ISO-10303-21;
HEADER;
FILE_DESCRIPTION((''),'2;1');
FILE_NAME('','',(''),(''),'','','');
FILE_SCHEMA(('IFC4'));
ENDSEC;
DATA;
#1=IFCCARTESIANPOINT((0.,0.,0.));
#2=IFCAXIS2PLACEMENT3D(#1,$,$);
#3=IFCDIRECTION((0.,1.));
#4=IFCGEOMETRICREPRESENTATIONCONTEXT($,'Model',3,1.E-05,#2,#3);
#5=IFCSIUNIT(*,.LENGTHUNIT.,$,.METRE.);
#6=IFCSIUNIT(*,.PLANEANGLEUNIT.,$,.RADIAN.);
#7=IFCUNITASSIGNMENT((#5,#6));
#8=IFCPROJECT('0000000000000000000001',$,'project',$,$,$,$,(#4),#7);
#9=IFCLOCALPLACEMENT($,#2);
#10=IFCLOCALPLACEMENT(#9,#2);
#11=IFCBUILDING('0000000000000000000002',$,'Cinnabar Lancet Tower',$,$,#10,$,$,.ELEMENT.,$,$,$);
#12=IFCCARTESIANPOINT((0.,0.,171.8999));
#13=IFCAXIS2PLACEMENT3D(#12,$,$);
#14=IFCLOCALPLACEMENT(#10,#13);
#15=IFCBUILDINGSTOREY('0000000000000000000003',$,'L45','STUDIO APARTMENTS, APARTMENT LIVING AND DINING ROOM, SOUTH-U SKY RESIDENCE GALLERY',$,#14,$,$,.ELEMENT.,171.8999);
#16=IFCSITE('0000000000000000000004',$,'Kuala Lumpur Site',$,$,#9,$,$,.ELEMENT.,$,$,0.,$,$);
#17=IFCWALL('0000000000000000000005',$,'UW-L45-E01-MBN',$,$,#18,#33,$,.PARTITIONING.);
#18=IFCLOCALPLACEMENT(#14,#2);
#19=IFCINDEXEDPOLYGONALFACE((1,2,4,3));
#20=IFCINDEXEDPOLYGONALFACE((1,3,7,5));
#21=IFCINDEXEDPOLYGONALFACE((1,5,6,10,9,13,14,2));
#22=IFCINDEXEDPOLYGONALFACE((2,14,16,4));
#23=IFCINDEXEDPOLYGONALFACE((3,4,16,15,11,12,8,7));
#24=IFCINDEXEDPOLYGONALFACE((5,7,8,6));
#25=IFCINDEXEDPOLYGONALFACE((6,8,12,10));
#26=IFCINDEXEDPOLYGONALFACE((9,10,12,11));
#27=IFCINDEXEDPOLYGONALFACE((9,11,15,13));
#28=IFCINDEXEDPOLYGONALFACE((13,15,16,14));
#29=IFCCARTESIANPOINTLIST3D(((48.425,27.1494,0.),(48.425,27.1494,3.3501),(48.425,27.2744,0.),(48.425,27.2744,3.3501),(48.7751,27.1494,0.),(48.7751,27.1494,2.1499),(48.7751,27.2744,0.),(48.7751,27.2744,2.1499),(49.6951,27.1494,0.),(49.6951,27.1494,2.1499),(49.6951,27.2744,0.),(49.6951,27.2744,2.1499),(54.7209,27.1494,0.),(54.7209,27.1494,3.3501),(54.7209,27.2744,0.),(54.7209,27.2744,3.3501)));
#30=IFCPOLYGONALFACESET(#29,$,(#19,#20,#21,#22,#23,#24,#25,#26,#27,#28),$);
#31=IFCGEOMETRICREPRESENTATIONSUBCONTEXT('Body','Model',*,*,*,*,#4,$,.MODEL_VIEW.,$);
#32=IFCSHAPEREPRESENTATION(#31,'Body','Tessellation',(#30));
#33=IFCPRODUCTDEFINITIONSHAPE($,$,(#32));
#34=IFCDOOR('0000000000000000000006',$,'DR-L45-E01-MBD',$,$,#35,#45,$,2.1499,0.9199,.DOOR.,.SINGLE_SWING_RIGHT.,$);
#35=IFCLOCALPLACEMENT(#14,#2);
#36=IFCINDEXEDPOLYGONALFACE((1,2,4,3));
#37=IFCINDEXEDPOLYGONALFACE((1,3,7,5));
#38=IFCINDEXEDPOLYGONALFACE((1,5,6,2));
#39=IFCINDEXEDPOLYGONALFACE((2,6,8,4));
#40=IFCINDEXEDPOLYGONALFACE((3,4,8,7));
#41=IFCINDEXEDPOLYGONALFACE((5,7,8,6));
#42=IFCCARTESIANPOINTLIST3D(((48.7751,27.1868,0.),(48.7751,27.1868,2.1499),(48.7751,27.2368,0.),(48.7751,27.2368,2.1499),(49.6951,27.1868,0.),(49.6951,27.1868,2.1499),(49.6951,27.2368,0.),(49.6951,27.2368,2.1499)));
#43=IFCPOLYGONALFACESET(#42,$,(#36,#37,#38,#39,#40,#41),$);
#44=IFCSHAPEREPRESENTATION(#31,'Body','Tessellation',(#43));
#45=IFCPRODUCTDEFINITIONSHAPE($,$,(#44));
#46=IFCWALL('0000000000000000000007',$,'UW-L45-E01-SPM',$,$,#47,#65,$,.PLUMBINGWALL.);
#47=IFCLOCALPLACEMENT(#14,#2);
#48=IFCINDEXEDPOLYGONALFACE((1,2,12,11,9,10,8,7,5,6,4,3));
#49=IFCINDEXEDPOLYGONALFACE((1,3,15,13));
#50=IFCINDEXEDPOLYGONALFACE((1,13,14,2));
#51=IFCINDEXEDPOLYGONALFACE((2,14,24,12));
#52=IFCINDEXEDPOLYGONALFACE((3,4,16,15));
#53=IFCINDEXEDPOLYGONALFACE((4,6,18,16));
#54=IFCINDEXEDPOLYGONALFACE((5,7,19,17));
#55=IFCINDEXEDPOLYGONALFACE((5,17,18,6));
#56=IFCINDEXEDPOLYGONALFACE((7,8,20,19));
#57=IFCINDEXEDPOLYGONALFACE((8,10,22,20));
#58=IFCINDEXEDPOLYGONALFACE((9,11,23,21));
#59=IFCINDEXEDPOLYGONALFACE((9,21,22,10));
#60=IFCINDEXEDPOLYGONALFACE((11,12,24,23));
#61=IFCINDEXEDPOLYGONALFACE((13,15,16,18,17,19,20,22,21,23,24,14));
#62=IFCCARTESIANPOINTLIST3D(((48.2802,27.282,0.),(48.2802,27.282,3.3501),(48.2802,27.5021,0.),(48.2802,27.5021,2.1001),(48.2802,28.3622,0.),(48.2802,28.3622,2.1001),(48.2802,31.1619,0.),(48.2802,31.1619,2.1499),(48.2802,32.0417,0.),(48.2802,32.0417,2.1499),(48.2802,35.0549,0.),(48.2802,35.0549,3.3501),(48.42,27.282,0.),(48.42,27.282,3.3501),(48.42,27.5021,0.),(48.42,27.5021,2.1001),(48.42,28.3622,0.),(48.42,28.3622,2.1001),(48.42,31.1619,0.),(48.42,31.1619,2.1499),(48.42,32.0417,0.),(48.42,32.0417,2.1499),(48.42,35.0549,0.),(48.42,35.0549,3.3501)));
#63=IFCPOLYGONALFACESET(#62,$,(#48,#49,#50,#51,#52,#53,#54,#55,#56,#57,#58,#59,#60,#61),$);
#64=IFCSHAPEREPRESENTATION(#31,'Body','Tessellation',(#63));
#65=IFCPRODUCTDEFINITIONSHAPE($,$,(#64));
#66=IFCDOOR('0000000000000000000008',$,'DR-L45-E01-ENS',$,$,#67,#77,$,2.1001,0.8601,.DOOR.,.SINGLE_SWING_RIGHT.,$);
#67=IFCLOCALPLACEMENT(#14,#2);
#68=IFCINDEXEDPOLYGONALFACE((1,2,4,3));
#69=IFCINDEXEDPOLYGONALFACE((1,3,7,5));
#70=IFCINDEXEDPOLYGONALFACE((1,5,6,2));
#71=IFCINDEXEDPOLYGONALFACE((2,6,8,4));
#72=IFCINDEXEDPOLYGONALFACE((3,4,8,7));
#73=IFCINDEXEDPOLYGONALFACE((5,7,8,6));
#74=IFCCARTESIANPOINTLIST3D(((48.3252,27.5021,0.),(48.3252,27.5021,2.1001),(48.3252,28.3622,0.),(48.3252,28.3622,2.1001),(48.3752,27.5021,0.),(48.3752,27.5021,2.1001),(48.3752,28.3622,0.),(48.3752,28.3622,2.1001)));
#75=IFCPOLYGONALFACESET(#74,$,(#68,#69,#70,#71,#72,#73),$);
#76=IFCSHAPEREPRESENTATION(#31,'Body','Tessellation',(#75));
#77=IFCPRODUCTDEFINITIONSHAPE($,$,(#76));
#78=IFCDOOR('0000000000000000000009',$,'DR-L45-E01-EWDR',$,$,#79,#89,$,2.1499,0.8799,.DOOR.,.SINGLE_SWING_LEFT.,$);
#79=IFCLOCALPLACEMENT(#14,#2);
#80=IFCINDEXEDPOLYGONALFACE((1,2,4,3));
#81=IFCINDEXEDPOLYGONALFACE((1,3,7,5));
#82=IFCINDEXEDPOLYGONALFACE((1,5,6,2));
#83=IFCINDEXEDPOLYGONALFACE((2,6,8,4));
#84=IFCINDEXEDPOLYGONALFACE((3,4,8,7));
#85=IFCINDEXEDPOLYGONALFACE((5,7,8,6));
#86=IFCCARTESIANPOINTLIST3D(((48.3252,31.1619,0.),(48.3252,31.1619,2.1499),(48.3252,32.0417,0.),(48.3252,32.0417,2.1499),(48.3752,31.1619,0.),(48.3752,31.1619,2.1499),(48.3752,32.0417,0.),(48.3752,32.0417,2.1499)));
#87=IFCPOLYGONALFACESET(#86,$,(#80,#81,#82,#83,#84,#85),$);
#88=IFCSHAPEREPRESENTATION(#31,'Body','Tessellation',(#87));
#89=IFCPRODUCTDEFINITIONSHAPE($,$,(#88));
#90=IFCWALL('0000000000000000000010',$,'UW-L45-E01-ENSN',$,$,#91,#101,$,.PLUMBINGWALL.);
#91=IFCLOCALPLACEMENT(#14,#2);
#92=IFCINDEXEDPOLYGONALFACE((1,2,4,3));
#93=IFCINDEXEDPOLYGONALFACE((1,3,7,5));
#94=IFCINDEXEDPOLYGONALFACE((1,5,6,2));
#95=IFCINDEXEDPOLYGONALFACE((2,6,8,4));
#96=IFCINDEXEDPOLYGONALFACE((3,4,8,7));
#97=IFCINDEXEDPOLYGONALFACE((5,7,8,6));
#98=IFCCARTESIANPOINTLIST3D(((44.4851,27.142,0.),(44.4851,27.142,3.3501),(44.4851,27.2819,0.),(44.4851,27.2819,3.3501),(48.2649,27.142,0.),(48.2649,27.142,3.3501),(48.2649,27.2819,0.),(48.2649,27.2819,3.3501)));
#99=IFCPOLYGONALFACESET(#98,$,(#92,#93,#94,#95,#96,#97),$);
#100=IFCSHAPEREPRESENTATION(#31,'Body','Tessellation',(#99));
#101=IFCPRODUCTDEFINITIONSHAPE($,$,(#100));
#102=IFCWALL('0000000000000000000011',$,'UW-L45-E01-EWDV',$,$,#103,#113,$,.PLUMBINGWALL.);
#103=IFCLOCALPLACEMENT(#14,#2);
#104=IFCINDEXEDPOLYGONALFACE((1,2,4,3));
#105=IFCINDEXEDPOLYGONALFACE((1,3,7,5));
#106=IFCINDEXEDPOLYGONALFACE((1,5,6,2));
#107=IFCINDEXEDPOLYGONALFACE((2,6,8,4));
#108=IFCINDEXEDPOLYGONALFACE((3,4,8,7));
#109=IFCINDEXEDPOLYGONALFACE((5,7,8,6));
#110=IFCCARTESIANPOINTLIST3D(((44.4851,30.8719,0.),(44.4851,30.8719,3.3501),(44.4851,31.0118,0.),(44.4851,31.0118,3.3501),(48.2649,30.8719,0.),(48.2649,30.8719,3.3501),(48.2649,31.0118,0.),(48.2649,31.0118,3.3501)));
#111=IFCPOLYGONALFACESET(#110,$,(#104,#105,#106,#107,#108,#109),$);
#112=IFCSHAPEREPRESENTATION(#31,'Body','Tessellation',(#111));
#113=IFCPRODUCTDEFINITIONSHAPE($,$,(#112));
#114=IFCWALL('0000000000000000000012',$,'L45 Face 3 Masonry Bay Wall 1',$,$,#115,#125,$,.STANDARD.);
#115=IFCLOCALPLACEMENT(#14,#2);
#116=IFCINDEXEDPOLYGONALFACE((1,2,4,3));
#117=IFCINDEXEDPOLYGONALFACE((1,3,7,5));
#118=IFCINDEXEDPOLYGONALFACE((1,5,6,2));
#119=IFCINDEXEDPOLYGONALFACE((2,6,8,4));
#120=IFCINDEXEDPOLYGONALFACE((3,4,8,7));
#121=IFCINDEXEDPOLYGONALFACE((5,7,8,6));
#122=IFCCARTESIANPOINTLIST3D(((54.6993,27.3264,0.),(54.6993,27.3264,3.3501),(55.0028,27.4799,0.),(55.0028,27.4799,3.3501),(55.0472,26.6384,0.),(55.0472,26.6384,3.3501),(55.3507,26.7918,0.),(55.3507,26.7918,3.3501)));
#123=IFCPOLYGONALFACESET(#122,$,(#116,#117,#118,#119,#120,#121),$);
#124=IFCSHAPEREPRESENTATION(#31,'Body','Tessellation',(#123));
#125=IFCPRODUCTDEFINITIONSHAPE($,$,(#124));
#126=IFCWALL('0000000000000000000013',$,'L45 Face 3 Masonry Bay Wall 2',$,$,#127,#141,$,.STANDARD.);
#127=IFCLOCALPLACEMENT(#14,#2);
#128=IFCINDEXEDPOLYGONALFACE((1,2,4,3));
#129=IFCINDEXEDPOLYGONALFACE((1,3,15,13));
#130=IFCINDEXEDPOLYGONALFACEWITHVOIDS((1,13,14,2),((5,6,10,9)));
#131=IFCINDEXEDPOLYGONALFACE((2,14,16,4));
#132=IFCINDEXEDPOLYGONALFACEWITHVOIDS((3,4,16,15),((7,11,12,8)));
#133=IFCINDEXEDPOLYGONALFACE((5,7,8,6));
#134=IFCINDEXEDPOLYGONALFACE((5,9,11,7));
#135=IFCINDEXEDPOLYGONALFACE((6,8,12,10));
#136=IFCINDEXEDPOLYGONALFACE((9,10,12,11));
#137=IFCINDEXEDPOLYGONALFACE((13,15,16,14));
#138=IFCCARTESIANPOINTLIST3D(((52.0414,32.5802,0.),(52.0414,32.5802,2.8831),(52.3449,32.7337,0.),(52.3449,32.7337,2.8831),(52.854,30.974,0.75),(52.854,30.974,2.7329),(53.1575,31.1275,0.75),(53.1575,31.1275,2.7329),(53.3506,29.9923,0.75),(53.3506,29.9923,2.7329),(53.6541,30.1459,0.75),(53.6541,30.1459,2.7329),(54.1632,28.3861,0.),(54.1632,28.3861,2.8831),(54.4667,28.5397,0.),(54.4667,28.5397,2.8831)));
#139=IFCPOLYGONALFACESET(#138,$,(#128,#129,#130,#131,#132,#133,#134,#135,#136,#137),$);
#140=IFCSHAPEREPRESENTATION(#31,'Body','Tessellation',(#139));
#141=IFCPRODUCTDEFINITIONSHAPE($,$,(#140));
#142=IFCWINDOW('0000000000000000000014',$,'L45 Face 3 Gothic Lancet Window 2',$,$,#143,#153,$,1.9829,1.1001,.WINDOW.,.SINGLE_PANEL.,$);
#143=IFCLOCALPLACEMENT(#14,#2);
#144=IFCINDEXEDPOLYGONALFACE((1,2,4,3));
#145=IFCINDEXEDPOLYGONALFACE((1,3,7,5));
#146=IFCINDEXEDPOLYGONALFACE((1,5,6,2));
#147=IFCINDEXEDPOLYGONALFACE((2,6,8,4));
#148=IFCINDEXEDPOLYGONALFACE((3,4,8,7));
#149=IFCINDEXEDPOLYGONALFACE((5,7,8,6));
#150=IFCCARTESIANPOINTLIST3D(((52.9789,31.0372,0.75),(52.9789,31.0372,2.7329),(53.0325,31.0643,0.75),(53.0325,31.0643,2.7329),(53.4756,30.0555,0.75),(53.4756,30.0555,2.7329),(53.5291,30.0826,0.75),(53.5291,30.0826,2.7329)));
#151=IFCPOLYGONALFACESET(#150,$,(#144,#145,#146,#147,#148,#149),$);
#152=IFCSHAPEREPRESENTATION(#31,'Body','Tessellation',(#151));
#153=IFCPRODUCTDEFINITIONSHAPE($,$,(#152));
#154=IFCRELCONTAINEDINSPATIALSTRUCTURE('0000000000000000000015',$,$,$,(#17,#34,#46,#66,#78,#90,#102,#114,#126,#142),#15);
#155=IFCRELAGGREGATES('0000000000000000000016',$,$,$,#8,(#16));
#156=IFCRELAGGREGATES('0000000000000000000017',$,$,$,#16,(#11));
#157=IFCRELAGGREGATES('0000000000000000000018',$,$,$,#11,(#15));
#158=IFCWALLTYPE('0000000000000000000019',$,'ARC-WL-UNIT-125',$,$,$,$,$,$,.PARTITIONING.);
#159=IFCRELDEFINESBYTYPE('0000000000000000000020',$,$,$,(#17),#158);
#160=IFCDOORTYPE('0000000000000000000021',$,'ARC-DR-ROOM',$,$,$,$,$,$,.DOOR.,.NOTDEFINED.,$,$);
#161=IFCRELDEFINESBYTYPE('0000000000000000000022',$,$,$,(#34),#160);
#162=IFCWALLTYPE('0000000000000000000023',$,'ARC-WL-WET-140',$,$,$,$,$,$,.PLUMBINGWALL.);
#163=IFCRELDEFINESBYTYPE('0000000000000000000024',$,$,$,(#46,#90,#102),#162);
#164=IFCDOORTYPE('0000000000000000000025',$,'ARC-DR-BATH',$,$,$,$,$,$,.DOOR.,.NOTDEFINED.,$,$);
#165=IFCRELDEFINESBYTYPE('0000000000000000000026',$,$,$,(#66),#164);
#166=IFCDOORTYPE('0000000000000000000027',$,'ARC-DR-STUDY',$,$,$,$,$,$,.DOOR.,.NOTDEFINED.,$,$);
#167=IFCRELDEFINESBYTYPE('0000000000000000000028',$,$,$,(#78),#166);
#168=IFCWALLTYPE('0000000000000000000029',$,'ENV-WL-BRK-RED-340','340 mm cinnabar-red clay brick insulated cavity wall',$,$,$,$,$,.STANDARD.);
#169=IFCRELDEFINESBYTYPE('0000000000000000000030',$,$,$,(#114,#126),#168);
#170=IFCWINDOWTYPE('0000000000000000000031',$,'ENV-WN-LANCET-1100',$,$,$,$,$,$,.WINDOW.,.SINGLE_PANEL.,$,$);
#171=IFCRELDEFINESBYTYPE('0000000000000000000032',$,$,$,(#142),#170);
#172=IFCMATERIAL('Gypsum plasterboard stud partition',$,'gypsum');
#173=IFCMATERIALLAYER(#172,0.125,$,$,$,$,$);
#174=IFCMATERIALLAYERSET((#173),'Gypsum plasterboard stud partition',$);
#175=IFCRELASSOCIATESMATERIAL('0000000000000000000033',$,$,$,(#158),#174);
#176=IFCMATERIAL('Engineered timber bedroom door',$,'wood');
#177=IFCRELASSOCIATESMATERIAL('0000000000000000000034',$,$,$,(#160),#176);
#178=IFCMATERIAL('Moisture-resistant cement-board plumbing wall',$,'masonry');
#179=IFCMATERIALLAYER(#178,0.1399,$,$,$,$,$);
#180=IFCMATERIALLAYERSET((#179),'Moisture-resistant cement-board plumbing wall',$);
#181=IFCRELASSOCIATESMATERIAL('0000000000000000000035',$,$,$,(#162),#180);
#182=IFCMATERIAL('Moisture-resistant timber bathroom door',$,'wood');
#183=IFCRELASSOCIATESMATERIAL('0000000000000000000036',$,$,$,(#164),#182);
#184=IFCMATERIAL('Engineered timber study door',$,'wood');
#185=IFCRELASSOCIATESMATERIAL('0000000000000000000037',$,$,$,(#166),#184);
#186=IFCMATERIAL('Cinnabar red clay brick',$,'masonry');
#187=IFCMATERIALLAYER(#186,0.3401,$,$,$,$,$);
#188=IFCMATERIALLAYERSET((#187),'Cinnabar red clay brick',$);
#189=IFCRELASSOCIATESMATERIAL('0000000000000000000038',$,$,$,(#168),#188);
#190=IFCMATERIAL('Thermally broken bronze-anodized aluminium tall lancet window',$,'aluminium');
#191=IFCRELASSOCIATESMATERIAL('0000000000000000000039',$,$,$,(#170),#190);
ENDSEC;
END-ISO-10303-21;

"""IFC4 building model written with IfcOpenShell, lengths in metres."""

from ifc_helpers import new_model, si_unit, direction, frame, frame_2d, origin, place, context, subcontext, project, spatial, rectangle, extrude, material, layer, layer_set, type_object, element, fill, save


model = new_model("IFC4")

# Units and contexts
model_context = context("Model", 3, precision=1e-05, world=origin(), true_north=direction((0.0, 1.0)))
body_context = subcontext(model_context, "Body", "Model", "MODEL_VIEW")
ifc_project = project(units=[si_unit("LENGTHUNIT", "METRE"), si_unit("PLANEANGLEUNIT", "RADIAN")], contexts=[model_context])

# Site, building, storey
site_placement = place(None, origin())
site = spatial("IfcSite", under=ifc_project, at=site_placement, Name="Kuala Lumpur Site", CompositionType="ELEMENT", RefElevation=0.0)
building_placement = place(site_placement, origin())
building = spatial("IfcBuilding", under=site, at=building_placement, Name="Cinnabar Lancet Tower", CompositionType="ELEMENT")
storey_placement = place(building_placement, frame((0.0, 0.0, 171.8999)))
storey = spatial("IfcBuildingStorey", under=building, at=storey_placement, Name="L45", Description="STUDIO APARTMENTS, APARTMENT LIVING AND DINING ROOM, SOUTH-U SKY RESIDENCE GALLERY", CompositionType="ELEMENT", Elevation=171.8999)

# Wall, opening, door
ifc_material_1 = material(Name="Gypsum plasterboard stud partition", Category="gypsum")
ifc_layer_1 = layer(ifc_material_1, 0.125)
ifc_layer_set_1 = layer_set([ifc_layer_1], Name="Gypsum plasterboard stud partition")
wall_type_1 = type_object("IfcWallType", Name="ARC-WL-UNIT-125", PredefinedType="PARTITIONING", material=ifc_layer_set_1)
wall_1_placement = place(storey_placement, frame((48.425, 27.2119, 0.0), z_axis=(0.0, 0.0, 1.0), x_axis=(1.0, 0.0, 0.0)))
wall_1 = element("IfcWall", 1, at=wall_1_placement, inside=storey, type_object=wall_type_1, Name="UW-L45-E01-MBN", PredefinedType="PARTITIONING", context=body_context, shape_type="SweptSolid", body=[
    extrude(rectangle(XDim=6.2959, YDim=0.125, at=frame_2d((3.1479, 0.0))), origin(), (0.0, 0.0, 1.0), 3.3501),
])
opening_1_placement = place(wall_1_placement, frame((0.3501, 0.0, 0.0)))
opening_1 = element("IfcOpeningElement", 2, at=opening_1_placement, cuts=wall_1, PredefinedType="OPENING", context=body_context, shape_type="SweptSolid", body=[
    extrude(rectangle(XDim=0.9199, YDim=2.1499, at=frame_2d((0.46, 1.075))), frame((0.0, 0.0725, 0.0), z_axis=(0.0, -1.0, 0.0), x_axis=(1.0, 0.0, 0.0)), (0.0, 0.0, 1.0), 0.145),
])
ifc_material_2 = material(Name="Engineered timber bedroom door", Category="wood")
door_type_1 = type_object("IfcDoorType", Name="ARC-DR-ROOM", OperationType="NOTDEFINED", PredefinedType="DOOR", material=ifc_material_2)
door_1_placement = place(opening_1_placement, origin())
door_1 = element("IfcDoor", 3, at=door_1_placement, inside=storey, type_object=door_type_1, Name="DR-L45-E01-MBD", OperationType="SINGLE_SWING_RIGHT", OverallHeight=2.1499, OverallWidth=0.9199, PredefinedType="DOOR", context=body_context, shape_type="SweptSolid", body=[
    extrude(rectangle(XDim=0.9199, YDim=2.1499, at=frame_2d((0.46, 1.075))), frame((0.0, 0.0249, 0.0), z_axis=(0.0, -1.0, 0.0), x_axis=(1.0, 0.0, 0.0)), (0.0, 0.0, 1.0), 0.05),
])
fill(opening_1, door_1)

# Wall, openings, doors
ifc_material_3 = material(Name="Moisture-resistant cement-board plumbing wall", Category="masonry")
ifc_layer_2 = layer(ifc_material_3, 0.1399)
ifc_layer_set_2 = layer_set([ifc_layer_2], Name="Moisture-resistant cement-board plumbing wall")
wall_type_2 = type_object("IfcWallType", Name="ARC-WL-WET-140", PredefinedType="PLUMBINGWALL", material=ifc_layer_set_2)
wall_2_placement = place(storey_placement, frame((48.3501, 27.282, 0.0), z_axis=(0.0, 0.0, 1.0), x_axis=(0.0, 1.0, 0.0)))
wall_2 = element("IfcWall", 4, at=wall_2_placement, inside=storey, type_object=wall_type_2, Name="UW-L45-E01-SPM", PredefinedType="PLUMBINGWALL", context=body_context, shape_type="SweptSolid", body=[
    extrude(rectangle(XDim=7.7729, YDim=0.1399, at=frame_2d((3.8865, 0.0))), origin(), (0.0, 0.0, 1.0), 3.3501),
])
opening_2_placement = place(wall_2_placement, frame((0.22, 0.0, 0.0)))
opening_2 = element("IfcOpeningElement", 5, at=opening_2_placement, cuts=wall_2, PredefinedType="OPENING", context=body_context, shape_type="SweptSolid", body=[
    extrude(rectangle(XDim=0.8601, YDim=2.1001, at=frame_2d((0.4302, 1.05))), frame((0.0, 0.0798, 0.0), z_axis=(0.0, -1.0, 0.0), x_axis=(1.0, 0.0, 0.0)), (0.0, 0.0, 1.0), 0.1599),
])
opening_3_placement = place(wall_2_placement, frame((3.8799, 0.0, 0.0)))
opening_3 = element("IfcOpeningElement", 6, at=opening_3_placement, cuts=wall_2, PredefinedType="OPENING", context=body_context, shape_type="SweptSolid", body=[
    extrude(rectangle(XDim=0.8799, YDim=2.1499, at=frame_2d((0.4399, 1.075))), frame((0.0, 0.0798, 0.0), z_axis=(0.0, -1.0, 0.0), x_axis=(1.0, 0.0, 0.0)), (0.0, 0.0, 1.0), 0.1599),
])
ifc_material_4 = material(Name="Moisture-resistant timber bathroom door", Category="wood")
door_type_2 = type_object("IfcDoorType", Name="ARC-DR-BATH", OperationType="NOTDEFINED", PredefinedType="DOOR", material=ifc_material_4)
door_2_placement = place(opening_2_placement, origin())
door_2 = element("IfcDoor", 7, at=door_2_placement, inside=storey, type_object=door_type_2, Name="DR-L45-E01-ENS", OperationType="SINGLE_SWING_RIGHT", OverallHeight=2.1001, OverallWidth=0.8601, PredefinedType="DOOR", context=body_context, shape_type="SweptSolid", body=[
    extrude(rectangle(XDim=0.8601, YDim=2.1001, at=frame_2d((0.4302, 1.05))), frame((0.0, 0.0249, 0.0), z_axis=(0.0, -1.0, 0.0), x_axis=(1.0, 0.0, 0.0)), (0.0, 0.0, 1.0), 0.05),
])
fill(opening_2, door_2)
ifc_material_5 = material(Name="Engineered timber study door", Category="wood")
door_type_3 = type_object("IfcDoorType", Name="ARC-DR-STUDY", OperationType="NOTDEFINED", PredefinedType="DOOR", material=ifc_material_5)
door_3_placement = place(opening_3_placement, origin())
door_3 = element("IfcDoor", 8, at=door_3_placement, inside=storey, type_object=door_type_3, Name="DR-L45-E01-EWDR", OperationType="SINGLE_SWING_LEFT", OverallHeight=2.1499, OverallWidth=0.8799, PredefinedType="DOOR", context=body_context, shape_type="SweptSolid", body=[
    extrude(rectangle(XDim=0.8799, YDim=2.1499, at=frame_2d((0.4399, 1.075))), frame((0.0, 0.0249, 0.0), z_axis=(0.0, -1.0, 0.0), x_axis=(1.0, 0.0, 0.0)), (0.0, 0.0, 1.0), 0.05),
])
fill(opening_3, door_3)

# Walls
for number, where, z_axis, x_axis, name in (
    (9, (44.4851, 27.2119, 0.0), (0.0, 0.0, 1.0), (1.0, 0.0, 0.0), "UW-L45-E01-ENSN"),
    (10, (44.4851, 30.9419, 0.0), (0.0, 0.0, 1.0), (1.0, 0.0, 0.0), "UW-L45-E01-EWDV"),
):
    element("IfcWall", number, at=place(storey_placement, frame(where, z_axis=z_axis, x_axis=x_axis)), inside=storey, type_object=wall_type_2, Name=name, PredefinedType="PLUMBINGWALL", context=body_context, shape_type="SweptSolid", body=[
        extrude(rectangle(XDim=3.7798, YDim=0.1399, at=frame_2d((1.8899, 0.0))), origin(), (0.0, 0.0, 1.0), 3.3501),
    ])
ifc_material_6 = material(Name="Cinnabar red clay brick", Category="masonry")
ifc_layer_3 = layer(ifc_material_6, 0.3401)
ifc_layer_set_3 = layer_set([ifc_layer_3], Name="Cinnabar red clay brick")
wall_type_3 = type_object("IfcWallType", Name="ENV-WL-BRK-RED-340", Description="340 mm cinnabar-red clay brick insulated cavity wall", PredefinedType="STANDARD", material=ifc_layer_set_3)
wall_3_placement = place(storey_placement, frame((55.199, 26.7151, 0.0), z_axis=(0.0, 0.0, 1.0), x_axis=(-0.451262, 0.892391, 0.0)))
element("IfcWall", 11, at=wall_3_placement, inside=storey, type_object=wall_type_3, Name="L45 Face 3 Masonry Bay Wall 1", PredefinedType="STANDARD", context=body_context, shape_type="SweptSolid", body=[
    extrude(rectangle(XDim=0.771, YDim=0.3401, at=frame_2d((0.3855, 0.0))), origin(), (0.0, 0.0, 1.0), 3.3501),
])

# Wall, opening, window
wall_4_placement = place(storey_placement, frame((54.3149, 28.4629, 0.0), z_axis=(0.0, 0.0, 1.0), x_axis=(-0.451426, 0.892308, 0.0)))
wall_4 = element("IfcWall", 12, at=wall_4_placement, inside=storey, type_object=wall_type_3, Name="L45 Face 3 Masonry Bay Wall 2", PredefinedType="STANDARD", context=body_context, shape_type="SweptSolid", body=[
    extrude(rectangle(XDim=4.7002, YDim=0.3401, at=frame_2d((2.3501, 0.0))), origin(), (0.0, 0.0, 1.0), 2.8831),
])
opening_4_placement = place(wall_4_placement, frame((1.8, 0.0, 0.75)))
opening_4 = element("IfcOpeningElement", 13, at=opening_4_placement, cuts=wall_4, PredefinedType="OPENING", context=body_context, shape_type="SweptSolid", body=[
    extrude(rectangle(XDim=1.1001, YDim=1.9829, at=frame_2d((0.55, 0.9915))), frame((0.0, 0.1799, 0.0), z_axis=(0.0, -1.0, 0.0), x_axis=(1.0, 0.0, 0.0)), (0.0, 0.0, 1.0), 0.3601),
])
ifc_material_7 = material(Name="Thermally broken bronze-anodized aluminium tall lancet window", Category="aluminium")
window_type = type_object("IfcWindowType", Name="ENV-WN-LANCET-1100", PartitioningType="SINGLE_PANEL", PredefinedType="WINDOW", material=ifc_material_7)
window_1_placement = place(opening_4_placement, origin())
window_1 = element("IfcWindow", 14, at=window_1_placement, inside=storey, type_object=window_type, Name="L45 Face 3 Gothic Lancet Window 2", OverallHeight=1.9829, OverallWidth=1.1001, PartitioningType="SINGLE_PANEL", PredefinedType="WINDOW", context=body_context, shape_type="SweptSolid", body=[
    extrude(rectangle(XDim=1.1001, YDim=1.9829, at=frame_2d((0.55, 0.9915))), frame((0.0, 0.03, 0.0), z_axis=(0.0, -1.0, 0.0), x_axis=(1.0, 0.0, 0.0)), (0.0, 0.0, 1.0), 0.0601),
])
fill(opening_4, window_1)

save(model, "model.ifc")
